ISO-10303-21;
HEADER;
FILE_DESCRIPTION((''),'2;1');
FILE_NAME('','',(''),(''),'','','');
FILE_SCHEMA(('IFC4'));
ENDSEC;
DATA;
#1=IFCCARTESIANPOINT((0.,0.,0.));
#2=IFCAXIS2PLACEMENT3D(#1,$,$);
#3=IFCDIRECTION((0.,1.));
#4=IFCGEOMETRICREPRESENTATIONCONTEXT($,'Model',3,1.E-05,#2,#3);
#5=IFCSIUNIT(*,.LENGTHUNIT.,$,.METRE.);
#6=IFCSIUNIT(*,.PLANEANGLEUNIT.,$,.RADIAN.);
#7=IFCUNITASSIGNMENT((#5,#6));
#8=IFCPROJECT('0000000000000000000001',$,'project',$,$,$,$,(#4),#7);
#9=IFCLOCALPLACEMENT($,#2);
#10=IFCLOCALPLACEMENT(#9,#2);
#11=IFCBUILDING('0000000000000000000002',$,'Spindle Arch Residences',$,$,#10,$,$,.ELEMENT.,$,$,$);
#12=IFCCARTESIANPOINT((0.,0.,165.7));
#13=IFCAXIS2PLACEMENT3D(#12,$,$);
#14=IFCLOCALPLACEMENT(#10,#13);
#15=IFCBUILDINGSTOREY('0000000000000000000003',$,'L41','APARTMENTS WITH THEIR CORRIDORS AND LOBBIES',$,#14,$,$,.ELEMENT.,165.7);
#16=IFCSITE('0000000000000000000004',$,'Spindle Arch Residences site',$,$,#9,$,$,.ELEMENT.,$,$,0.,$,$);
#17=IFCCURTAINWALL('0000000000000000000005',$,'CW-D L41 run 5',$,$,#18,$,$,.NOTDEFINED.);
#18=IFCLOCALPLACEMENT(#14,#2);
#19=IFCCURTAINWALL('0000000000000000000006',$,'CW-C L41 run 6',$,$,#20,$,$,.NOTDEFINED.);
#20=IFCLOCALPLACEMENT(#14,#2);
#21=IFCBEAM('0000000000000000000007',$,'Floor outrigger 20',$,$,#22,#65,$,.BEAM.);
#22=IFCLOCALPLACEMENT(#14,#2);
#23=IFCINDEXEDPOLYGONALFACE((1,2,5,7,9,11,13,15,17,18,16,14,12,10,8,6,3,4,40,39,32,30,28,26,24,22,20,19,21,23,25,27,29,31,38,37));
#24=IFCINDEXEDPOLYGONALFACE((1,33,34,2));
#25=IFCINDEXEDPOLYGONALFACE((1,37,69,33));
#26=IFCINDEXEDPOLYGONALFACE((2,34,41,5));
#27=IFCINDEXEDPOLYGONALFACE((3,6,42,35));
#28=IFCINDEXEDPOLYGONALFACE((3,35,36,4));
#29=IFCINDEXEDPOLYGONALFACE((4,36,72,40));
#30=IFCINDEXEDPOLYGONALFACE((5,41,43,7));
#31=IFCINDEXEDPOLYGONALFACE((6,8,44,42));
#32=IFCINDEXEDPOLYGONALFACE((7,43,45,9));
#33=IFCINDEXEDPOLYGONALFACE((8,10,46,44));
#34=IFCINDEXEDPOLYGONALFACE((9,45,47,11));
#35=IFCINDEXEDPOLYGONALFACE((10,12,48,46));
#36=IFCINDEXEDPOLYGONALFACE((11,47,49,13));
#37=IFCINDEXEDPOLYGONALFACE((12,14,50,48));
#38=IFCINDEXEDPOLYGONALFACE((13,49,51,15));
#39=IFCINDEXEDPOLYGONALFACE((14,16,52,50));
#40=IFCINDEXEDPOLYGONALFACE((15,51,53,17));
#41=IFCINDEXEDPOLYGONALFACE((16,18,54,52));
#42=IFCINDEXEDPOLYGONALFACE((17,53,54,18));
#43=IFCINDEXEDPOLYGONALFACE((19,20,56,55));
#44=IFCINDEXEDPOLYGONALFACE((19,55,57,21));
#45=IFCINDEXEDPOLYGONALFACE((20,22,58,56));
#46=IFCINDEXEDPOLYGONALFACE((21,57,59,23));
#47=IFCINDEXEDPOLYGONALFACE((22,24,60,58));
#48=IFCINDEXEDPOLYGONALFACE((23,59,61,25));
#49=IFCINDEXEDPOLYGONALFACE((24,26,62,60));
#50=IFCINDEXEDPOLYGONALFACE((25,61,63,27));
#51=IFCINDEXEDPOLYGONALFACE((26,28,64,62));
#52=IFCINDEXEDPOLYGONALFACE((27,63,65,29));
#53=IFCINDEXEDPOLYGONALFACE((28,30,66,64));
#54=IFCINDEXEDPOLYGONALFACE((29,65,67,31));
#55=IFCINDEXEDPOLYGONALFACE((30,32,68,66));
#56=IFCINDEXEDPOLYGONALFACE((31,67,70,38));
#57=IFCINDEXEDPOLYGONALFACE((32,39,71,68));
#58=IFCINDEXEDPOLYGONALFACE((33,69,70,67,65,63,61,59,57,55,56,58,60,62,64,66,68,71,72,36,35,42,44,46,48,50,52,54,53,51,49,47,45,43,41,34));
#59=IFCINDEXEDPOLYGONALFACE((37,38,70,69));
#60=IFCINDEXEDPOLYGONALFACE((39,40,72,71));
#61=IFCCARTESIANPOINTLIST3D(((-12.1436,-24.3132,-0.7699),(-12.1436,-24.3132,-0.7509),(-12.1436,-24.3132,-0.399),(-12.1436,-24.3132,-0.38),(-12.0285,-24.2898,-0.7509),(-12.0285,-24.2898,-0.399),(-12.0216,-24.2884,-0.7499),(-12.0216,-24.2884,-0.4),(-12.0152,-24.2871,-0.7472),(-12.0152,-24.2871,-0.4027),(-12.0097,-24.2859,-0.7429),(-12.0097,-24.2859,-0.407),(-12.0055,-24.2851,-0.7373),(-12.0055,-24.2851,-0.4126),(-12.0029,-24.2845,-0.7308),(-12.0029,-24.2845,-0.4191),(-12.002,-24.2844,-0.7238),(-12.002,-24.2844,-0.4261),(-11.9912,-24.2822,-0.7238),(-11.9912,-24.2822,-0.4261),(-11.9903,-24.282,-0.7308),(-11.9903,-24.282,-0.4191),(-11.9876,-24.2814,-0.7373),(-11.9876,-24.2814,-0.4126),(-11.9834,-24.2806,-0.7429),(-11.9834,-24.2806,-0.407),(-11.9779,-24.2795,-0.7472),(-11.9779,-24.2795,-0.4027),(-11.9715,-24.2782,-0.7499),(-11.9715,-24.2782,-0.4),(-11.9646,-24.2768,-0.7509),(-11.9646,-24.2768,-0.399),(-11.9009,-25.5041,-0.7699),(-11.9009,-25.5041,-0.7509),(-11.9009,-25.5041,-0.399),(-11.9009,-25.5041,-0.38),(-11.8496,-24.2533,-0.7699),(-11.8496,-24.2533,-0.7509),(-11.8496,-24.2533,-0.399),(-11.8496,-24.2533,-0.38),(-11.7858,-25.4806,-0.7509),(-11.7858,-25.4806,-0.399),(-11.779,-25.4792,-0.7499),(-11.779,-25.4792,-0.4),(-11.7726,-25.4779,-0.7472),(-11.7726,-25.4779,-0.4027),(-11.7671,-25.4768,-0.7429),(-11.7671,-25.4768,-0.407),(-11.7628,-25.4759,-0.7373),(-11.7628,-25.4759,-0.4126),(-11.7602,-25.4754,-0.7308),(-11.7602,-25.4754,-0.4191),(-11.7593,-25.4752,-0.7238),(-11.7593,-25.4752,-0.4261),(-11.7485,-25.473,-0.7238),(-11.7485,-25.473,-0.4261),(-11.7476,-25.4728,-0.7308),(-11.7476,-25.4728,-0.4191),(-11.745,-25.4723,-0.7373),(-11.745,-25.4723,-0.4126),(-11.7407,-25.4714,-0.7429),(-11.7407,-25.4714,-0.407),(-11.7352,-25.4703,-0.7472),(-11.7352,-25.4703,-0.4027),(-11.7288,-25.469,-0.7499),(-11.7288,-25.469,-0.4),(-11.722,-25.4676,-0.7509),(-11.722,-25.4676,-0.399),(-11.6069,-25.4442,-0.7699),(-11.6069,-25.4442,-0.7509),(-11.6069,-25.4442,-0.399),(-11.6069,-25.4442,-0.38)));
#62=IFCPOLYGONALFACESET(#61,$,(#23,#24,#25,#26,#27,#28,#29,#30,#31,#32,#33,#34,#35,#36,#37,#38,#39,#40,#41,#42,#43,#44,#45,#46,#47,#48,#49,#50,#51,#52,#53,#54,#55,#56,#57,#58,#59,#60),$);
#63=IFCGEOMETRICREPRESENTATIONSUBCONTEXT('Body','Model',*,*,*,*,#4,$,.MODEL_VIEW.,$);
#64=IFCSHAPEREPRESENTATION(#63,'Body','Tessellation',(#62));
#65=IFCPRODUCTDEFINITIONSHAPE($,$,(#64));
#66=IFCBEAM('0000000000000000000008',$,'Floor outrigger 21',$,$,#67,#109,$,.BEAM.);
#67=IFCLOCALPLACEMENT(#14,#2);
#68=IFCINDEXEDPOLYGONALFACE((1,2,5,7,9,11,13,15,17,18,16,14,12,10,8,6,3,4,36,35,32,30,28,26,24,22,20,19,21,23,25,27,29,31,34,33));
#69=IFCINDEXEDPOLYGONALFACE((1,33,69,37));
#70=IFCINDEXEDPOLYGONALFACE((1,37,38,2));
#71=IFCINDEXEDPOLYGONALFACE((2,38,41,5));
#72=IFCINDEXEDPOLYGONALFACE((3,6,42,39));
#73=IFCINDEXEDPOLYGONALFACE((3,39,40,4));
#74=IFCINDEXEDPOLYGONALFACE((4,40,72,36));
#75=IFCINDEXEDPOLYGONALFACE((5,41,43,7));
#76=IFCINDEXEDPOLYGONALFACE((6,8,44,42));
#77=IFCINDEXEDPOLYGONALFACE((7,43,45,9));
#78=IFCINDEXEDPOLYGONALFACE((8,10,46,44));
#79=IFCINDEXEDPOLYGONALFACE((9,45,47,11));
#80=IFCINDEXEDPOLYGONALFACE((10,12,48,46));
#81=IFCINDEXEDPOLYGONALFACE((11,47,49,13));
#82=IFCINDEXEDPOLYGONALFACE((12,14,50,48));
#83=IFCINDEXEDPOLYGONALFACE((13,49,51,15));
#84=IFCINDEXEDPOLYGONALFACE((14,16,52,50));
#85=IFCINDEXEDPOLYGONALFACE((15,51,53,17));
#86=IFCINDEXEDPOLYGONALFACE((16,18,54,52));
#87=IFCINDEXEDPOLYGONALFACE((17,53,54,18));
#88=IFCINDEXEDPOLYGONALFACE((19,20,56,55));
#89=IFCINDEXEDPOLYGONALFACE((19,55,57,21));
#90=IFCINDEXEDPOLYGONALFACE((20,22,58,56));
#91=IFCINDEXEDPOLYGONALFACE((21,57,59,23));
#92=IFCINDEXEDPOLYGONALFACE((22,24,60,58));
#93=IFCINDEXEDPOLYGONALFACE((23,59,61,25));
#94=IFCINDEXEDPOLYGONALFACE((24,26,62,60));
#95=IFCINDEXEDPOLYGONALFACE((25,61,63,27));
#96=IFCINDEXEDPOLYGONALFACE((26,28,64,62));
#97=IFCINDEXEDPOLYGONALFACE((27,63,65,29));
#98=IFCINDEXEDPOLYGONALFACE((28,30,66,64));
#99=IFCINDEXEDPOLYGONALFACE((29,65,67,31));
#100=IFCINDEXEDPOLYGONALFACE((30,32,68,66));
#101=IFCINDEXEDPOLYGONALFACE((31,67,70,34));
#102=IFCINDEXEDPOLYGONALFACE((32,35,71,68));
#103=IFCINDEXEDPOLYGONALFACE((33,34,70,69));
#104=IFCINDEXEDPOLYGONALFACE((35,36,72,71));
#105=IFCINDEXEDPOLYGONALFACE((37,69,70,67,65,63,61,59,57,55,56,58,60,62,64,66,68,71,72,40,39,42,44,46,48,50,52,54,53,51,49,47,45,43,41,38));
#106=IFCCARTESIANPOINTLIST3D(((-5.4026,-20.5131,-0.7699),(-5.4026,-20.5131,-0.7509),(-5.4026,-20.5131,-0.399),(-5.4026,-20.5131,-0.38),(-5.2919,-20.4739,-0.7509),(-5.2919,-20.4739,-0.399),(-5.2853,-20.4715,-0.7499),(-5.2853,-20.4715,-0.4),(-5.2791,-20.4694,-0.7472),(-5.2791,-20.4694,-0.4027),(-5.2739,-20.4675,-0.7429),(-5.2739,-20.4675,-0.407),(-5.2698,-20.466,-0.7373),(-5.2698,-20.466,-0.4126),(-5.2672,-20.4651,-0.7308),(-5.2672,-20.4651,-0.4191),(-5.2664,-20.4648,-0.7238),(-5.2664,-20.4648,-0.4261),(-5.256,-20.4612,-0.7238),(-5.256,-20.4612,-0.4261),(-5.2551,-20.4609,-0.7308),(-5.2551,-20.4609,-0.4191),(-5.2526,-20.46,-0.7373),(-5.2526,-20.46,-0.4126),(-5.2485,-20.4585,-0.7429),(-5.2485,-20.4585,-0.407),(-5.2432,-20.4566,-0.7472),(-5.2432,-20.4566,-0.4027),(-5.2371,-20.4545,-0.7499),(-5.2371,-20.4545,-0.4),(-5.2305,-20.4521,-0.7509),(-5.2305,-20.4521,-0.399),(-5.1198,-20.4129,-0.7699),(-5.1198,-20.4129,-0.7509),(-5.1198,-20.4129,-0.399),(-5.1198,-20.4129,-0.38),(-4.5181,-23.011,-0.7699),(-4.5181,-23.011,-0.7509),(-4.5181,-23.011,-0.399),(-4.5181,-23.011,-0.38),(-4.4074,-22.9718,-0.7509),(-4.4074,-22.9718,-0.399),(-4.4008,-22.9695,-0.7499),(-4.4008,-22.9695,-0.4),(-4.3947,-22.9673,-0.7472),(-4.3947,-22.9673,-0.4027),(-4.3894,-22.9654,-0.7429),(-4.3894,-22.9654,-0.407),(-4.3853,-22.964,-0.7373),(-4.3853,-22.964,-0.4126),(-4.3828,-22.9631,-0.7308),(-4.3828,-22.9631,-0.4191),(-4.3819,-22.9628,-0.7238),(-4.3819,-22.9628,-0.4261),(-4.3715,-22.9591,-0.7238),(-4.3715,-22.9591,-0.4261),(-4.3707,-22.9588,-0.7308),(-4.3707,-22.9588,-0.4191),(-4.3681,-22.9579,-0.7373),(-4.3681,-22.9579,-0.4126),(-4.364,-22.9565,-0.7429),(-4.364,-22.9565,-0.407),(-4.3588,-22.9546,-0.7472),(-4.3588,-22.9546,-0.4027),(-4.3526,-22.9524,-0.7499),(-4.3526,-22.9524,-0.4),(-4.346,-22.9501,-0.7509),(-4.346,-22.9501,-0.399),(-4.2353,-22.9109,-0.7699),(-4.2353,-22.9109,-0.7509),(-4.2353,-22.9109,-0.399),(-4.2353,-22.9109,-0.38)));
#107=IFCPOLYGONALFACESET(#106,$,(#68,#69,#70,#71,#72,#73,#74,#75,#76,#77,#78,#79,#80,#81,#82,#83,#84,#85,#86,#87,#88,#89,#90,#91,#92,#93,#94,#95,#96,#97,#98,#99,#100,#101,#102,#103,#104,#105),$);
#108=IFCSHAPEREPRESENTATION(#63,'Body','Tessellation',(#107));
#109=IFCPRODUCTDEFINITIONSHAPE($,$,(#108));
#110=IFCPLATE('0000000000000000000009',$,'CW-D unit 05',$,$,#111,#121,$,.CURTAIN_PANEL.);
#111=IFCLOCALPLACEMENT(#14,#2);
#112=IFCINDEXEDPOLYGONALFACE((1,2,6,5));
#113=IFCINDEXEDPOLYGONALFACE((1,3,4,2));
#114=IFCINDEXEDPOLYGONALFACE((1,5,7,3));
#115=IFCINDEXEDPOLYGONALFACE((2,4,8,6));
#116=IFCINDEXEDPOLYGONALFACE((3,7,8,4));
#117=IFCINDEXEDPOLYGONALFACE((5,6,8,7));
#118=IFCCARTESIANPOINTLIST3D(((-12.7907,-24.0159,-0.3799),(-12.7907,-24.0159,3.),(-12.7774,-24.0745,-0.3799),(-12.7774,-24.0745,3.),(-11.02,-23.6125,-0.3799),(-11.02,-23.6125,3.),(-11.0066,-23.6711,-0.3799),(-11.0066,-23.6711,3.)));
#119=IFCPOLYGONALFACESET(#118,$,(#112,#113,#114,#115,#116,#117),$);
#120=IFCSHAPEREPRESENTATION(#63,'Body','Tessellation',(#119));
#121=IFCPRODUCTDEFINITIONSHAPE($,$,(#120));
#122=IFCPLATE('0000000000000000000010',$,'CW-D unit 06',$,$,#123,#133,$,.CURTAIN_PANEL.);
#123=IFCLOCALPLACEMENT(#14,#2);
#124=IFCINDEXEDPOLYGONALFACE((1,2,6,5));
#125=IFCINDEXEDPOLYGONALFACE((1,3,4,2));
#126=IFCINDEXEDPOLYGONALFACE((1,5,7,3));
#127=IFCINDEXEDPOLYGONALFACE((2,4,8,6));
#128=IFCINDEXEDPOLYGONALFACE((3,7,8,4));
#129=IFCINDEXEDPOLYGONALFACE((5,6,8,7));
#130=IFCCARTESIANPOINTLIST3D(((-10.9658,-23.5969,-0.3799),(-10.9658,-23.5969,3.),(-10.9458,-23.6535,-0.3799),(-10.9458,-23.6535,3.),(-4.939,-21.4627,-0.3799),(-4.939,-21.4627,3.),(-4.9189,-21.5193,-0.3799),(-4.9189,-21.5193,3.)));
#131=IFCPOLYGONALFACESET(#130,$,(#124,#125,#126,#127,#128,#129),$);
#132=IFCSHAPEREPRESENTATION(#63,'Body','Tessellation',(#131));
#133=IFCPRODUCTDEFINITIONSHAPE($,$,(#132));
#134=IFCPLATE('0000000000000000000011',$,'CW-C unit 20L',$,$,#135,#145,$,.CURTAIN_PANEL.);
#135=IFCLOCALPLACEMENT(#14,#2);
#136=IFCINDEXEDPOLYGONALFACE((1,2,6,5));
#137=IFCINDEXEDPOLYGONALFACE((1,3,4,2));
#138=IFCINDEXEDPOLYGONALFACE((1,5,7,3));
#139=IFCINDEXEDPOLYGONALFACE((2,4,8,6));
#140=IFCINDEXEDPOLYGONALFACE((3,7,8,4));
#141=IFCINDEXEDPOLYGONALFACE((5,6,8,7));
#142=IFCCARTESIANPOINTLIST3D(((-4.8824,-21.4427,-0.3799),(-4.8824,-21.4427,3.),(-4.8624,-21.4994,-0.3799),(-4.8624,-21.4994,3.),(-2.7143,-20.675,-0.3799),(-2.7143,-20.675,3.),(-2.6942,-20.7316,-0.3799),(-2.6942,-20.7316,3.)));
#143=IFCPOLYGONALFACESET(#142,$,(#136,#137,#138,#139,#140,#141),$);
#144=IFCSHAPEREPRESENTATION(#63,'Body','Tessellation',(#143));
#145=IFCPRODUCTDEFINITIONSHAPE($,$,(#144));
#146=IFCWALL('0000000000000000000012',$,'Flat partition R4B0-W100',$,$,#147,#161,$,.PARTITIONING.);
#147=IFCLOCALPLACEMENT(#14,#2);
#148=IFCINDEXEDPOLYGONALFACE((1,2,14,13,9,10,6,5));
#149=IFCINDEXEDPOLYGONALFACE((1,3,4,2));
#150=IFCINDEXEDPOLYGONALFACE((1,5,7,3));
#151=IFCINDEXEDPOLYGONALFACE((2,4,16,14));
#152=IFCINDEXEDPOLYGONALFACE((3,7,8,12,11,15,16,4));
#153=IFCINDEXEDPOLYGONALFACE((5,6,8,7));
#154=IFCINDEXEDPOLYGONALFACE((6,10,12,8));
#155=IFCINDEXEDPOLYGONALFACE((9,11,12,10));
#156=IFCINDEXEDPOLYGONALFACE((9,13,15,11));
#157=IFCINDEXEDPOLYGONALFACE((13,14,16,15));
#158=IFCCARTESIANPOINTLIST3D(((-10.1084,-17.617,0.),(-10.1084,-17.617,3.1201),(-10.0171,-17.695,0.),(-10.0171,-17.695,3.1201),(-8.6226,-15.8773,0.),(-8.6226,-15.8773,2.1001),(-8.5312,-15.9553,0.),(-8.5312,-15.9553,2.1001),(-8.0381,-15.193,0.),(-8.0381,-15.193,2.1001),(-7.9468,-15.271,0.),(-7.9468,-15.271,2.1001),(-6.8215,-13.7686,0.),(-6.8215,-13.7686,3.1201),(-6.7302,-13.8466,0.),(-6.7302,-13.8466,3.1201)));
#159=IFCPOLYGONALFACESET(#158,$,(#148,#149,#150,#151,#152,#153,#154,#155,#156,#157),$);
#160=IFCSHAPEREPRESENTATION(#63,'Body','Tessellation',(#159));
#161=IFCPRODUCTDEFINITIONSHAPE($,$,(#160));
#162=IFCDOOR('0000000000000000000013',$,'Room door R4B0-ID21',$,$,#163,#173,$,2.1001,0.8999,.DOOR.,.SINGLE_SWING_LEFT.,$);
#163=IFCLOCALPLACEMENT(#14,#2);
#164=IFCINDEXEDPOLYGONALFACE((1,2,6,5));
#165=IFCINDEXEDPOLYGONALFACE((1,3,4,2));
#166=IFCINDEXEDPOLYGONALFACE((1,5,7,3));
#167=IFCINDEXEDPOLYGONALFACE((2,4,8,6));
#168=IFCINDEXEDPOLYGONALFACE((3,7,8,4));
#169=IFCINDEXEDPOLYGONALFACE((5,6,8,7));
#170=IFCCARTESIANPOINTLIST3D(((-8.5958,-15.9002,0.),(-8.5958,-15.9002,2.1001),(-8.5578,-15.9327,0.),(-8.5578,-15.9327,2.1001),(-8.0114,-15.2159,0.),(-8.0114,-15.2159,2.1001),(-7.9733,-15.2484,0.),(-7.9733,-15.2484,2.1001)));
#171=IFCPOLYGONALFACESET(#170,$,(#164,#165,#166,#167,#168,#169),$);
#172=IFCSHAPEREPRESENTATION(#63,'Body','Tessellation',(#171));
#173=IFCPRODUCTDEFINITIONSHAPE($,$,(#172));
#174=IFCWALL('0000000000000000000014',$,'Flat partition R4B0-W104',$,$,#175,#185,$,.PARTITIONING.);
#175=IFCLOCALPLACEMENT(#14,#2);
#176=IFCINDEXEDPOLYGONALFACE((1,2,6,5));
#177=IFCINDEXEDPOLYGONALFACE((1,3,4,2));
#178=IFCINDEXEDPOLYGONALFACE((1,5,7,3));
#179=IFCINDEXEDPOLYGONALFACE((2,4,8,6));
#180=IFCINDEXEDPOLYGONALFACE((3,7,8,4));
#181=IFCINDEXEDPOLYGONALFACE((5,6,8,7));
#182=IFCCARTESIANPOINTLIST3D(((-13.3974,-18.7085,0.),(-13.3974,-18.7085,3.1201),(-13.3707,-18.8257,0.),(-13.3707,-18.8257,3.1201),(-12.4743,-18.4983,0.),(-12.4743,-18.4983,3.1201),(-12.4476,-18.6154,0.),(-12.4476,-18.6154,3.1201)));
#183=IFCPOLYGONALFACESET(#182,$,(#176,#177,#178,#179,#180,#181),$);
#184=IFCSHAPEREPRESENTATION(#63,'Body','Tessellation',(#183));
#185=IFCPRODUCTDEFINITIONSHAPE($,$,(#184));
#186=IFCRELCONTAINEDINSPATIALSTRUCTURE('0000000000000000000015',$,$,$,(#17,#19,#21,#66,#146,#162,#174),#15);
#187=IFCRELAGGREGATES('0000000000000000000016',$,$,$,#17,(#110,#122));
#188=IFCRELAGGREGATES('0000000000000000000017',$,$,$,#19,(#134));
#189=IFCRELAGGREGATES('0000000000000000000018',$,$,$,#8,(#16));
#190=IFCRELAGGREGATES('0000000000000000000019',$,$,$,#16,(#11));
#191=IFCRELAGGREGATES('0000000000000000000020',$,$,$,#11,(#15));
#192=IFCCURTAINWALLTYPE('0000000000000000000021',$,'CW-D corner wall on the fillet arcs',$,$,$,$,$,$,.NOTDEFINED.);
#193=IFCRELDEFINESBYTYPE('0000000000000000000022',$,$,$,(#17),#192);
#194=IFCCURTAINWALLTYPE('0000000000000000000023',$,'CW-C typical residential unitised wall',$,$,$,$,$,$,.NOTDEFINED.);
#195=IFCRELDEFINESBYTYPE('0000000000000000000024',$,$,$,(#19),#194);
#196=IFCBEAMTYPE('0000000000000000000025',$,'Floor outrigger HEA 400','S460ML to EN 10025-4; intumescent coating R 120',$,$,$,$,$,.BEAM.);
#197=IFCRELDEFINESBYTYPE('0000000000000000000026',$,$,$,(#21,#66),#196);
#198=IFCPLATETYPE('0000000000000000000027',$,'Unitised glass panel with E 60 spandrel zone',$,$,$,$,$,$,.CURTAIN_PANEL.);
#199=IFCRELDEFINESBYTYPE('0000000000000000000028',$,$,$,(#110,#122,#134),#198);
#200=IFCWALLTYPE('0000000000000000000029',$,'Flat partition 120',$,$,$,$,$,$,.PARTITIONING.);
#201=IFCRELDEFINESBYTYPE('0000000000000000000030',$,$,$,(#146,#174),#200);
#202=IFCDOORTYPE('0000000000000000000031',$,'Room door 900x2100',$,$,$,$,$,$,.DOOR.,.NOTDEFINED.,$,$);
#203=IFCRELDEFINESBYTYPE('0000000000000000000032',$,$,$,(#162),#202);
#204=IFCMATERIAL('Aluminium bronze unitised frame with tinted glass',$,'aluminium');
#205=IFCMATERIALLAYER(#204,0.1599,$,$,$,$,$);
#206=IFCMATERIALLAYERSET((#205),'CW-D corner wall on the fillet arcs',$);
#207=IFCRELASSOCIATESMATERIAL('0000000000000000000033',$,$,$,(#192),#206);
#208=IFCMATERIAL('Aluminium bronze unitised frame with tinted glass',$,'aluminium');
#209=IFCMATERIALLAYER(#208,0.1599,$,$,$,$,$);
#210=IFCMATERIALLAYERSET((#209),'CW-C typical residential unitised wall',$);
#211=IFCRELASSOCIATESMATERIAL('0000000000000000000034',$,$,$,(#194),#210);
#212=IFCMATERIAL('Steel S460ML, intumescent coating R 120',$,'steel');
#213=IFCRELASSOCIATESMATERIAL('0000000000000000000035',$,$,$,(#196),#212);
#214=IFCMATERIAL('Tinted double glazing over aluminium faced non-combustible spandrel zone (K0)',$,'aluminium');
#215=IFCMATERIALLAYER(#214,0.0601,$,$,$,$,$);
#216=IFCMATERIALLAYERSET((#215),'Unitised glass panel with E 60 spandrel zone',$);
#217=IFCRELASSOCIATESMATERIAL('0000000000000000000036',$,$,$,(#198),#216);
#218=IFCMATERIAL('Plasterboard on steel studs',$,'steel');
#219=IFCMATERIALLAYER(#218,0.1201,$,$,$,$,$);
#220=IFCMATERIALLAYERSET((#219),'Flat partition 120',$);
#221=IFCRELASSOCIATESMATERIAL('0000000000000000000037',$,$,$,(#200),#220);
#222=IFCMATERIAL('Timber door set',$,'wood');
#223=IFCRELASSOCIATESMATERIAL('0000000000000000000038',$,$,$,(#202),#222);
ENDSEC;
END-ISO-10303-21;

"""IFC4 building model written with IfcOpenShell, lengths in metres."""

from ifc_helpers import new_model, si_unit, direction, frame, frame_2d, origin, origin_2d, place, context, subcontext, project, spatial, rectangle, i_section, extrude, material, layer, layer_set, material_profile, profile_set, type_object, element, fill, aggregate, save


model = new_model("IFC4")

# Units and contexts
model_context = context("Model", 3, precision=1e-05, world=origin(), true_north=direction((0.0, 1.0)))
body_context = subcontext(model_context, "Body", "Model", "MODEL_VIEW")
ifc_project = project(units=[si_unit("LENGTHUNIT", "METRE"), si_unit("PLANEANGLEUNIT", "RADIAN")], contexts=[model_context])

# Site, building, storey
site_placement = place(None, origin())
site = spatial("IfcSite", under=ifc_project, at=site_placement, Name="Spindle Arch Residences site", CompositionType="ELEMENT", RefElevation=0.0)
building_placement = place(site_placement, origin())
building = spatial("IfcBuilding", under=site, at=building_placement, Name="Spindle Arch Residences", CompositionType="ELEMENT")
storey_placement = place(building_placement, frame((0.0, 0.0, 165.7)))
storey = spatial("IfcBuildingStorey", under=building, at=storey_placement, Name="L41", Description="APARTMENTS WITH THEIR CORRIDORS AND LOBBIES", CompositionType="ELEMENT", Elevation=165.7)

# Curtain wall
ifc_material_1 = material(Name="Aluminium bronze unitised frame with tinted glass", Category="aluminium")
ifc_layer_1 = layer(ifc_material_1, 0.1599)
ifc_layer_set_1 = layer_set([ifc_layer_1], Name="CW-D corner wall on the fillet arcs")
curtain_wall_type_1 = type_object("IfcCurtainWallType", Name="CW-D corner wall on the fillet arcs", PredefinedType="NOTDEFINED", material=ifc_layer_set_1)
curtain_wall_1_placement = place(storey_placement, origin())
curtain_wall_1 = element("IfcCurtainWall", 1, at=curtain_wall_1_placement, inside=storey, type_object=curtain_wall_type_1, Name="CW-D L41 run 5", PredefinedType="NOTDEFINED")

# Curtain wall
ifc_material_2 = material(Name="Aluminium bronze unitised frame with tinted glass", Category="aluminium")
ifc_layer_2 = layer(ifc_material_2, 0.1599)
ifc_layer_set_2 = layer_set([ifc_layer_2], Name="CW-C typical residential unitised wall")
curtain_wall_type_2 = type_object("IfcCurtainWallType", Name="CW-C typical residential unitised wall", PredefinedType="NOTDEFINED", material=ifc_layer_set_2)
curtain_wall_2_placement = place(storey_placement, origin())
curtain_wall_2 = element("IfcCurtainWall", 2, at=curtain_wall_2_placement, inside=storey, type_object=curtain_wall_type_2, Name="CW-C L41 run 6", PredefinedType="NOTDEFINED")

# Beams
ifc_material_3 = material(Name="Steel S460ML, intumescent coating R 120", Category="steel")
ifc_material_profile_1 = material_profile(ifc_material_3, i_section(OverallWidth=0.3, OverallDepth=0.3899, WebThickness=0.011, FlangeThickness=0.019, FilletRadius=0.0271, at=origin_2d()), Name="HEA 400")
ifc_profile_set_1 = profile_set([ifc_material_profile_1], Name="Steel S460ML, intumescent coating R 120")
beam_type_1 = type_object("IfcBeamType", Name="Floor outrigger HEA 400", Description="S460ML to EN 10025-4; intumescent coating R 120", PredefinedType="BEAM", material=ifc_profile_set_1)
beam_1_placement = place(storey_placement, frame((-11.7539, -25.4741, -0.575), z_axis=(-0.199669, 0.979863, 0.0), x_axis=(-0.979863, -0.199669, 0.0)))
element("IfcBeam", 3, at=beam_1_placement, inside=storey, type_object=beam_type_1, Name="Floor outrigger 20", PredefinedType="BEAM", context=body_context, shape_type="SweptSolid", body=[
    extrude(i_section(OverallWidth=0.3, OverallDepth=0.3899, WebThickness=0.011, FlangeThickness=0.019, FilletRadius=0.0271, at=origin_2d()), origin(), (0.0, 0.0, 1.0), 1.2153),
])
beam_2_placement = place(storey_placement, frame((-4.3767, -22.9609, -0.575), z_axis=(-0.333779, 0.942651, 0.0), x_axis=(-0.942651, -0.333779, 0.0)))
element("IfcBeam", 4, at=beam_2_placement, inside=storey, type_object=beam_type_1, Name="Floor outrigger 21", PredefinedType="BEAM", context=body_context, shape_type="SweptSolid", body=[
    extrude(i_section(OverallWidth=0.3, OverallDepth=0.3899, WebThickness=0.011, FlangeThickness=0.019, FilletRadius=0.0271, at=origin_2d()), origin(), (0.0, 0.0, 1.0), 2.6499),
])

# Plates
ifc_material_4 = material(Name="Tinted double glazing over aluminium faced non-combustible spandrel zone (K0)", Category="aluminium")
ifc_layer_3 = layer(ifc_material_4, 0.0601)
ifc_layer_set_3 = layer_set([ifc_layer_3], Name="Unitised glass panel with E 60 spandrel zone")
plate_type = type_object("IfcPlateType", Name="Unitised glass panel with E 60 spandrel zone", PredefinedType="CURTAIN_PANEL", material=ifc_layer_set_3)
plate_1_placement = place(storey_placement, frame((-11.8987, -23.8435, -0.3799), z_axis=(0.0, 0.0, 1.0), x_axis=(0.97502, 0.222116, 0.0)))
plate_1 = element("IfcPlate", 5, at=plate_1_placement, type_object=plate_type, Name="CW-D unit 05", PredefinedType="CURTAIN_PANEL", context=body_context, shape_type="SweptSolid", body=[
    extrude(rectangle(XDim=1.8162, YDim=0.0601, at=origin_2d()), origin(), (0.0, 0.0, 1.0), 3.3799),
])
plate_2_placement = place(storey_placement, frame((-7.9424, -22.5581, -0.3799), z_axis=(0.0, 0.0, 1.0), x_axis=(0.942641, 0.333807, 0.0)))
plate_2 = element("IfcPlate", 6, at=plate_2_placement, type_object=plate_type, Name="CW-D unit 06", PredefinedType="CURTAIN_PANEL", context=body_context, shape_type="SweptSolid", body=[
    extrude(rectangle(XDim=6.3936, YDim=0.0601, at=origin_2d()), origin(), (0.0, 0.0, 1.0), 3.3799),
])
aggregate(curtain_wall_1, [plate_1, plate_2])
plate_3_placement = place(storey_placement, frame((-3.7883, -21.0872, -0.3799), z_axis=(0.0, 0.0, 1.0), x_axis=(0.942641, 0.333807, 0.0)))
plate_3 = element("IfcPlate", 7, at=plate_3_placement, type_object=plate_type, Name="CW-C unit 20L", PredefinedType="CURTAIN_PANEL", context=body_context, shape_type="SweptSolid", body=[
    extrude(rectangle(XDim=2.3, YDim=0.0601, at=origin_2d()), origin(), (0.0, 0.0, 1.0), 3.3799),
])
aggregate(curtain_wall_2, [plate_3])

# Wall, opening, door
ifc_material_5 = material(Name="Plasterboard on steel studs", Category="steel")
ifc_layer_4 = layer(ifc_material_5, 0.1201)
ifc_layer_set_4 = layer_set([ifc_layer_4], Name="Flat partition 120")
wall_type_1 = type_object("IfcWallType", Name="Flat partition 120", PredefinedType="PARTITIONING", material=ifc_layer_set_4)
wall_1_placement = place(storey_placement, frame((-10.0627, -17.656, 0.0), z_axis=(0.0, 0.0, 1.0), x_axis=(0.649452, 0.760403, 0.0)))
wall_1 = element("IfcWall", 8, at=wall_1_placement, inside=storey, type_object=wall_type_1, Name="Flat partition R4B0-W100", PredefinedType="PARTITIONING", context=body_context, shape_type="SweptSolid", body=[
    extrude(rectangle(XDim=5.061, YDim=0.1201, at=frame_2d((2.5305, 0.0))), origin(), (0.0, 0.0, 1.0), 3.1201),
])
opening_1_placement = place(wall_1_placement, frame((2.2878, 0.0, 0.0)))
opening_1 = element("IfcOpeningElement", 9, at=opening_1_placement, cuts=wall_1, PredefinedType="OPENING", context=body_context, shape_type="SweptSolid", body=[
    extrude(rectangle(XDim=0.8999, YDim=2.1001, at=frame_2d((0.45, 1.05))), frame((0.0, 0.0701, 0.0), z_axis=(0.0, -1.0, 0.0), x_axis=(1.0, 0.0, 0.0)), (0.0, 0.0, 1.0), 0.1401),
])
ifc_material_6 = material(Name="Timber door set", Category="wood")
door_type_1 = type_object("IfcDoorType", Name="Room door 900x2100", OperationType="NOTDEFINED", PredefinedType="DOOR", material=ifc_material_6)
door_1_placement = place(opening_1_placement, origin())
door_1 = element("IfcDoor", 10, at=door_1_placement, inside=storey, type_object=door_type_1, Name="Room door R4B0-ID21", OperationType="SINGLE_SWING_LEFT", OverallHeight=2.1001, OverallWidth=0.8999, PredefinedType="DOOR", context=body_context, shape_type="SweptSolid", body=[
    extrude(rectangle(XDim=0.8999, YDim=2.1001, at=frame_2d((0.45, 1.05))), frame((0.0, 0.0249, 0.0), z_axis=(0.0, -1.0, 0.0), x_axis=(1.0, 0.0, 0.0)), (0.0, 0.0, 1.0), 0.05),
])
fill(opening_1, door_1)

# Wall
wall_2_placement = place(storey_placement, frame((-12.4609, -18.5569, 0.0), z_axis=(0.0, 0.0, 1.0), x_axis=(-0.975039, -0.222033, 0.0)))
element("IfcWall", 11, at=wall_2_placement, inside=storey, type_object=wall_type_1, Name="Flat partition R4B0-W104", PredefinedType="PARTITIONING", context=body_context, shape_type="SweptSolid", body=[
    extrude(rectangle(XDim=0.9468, YDim=0.1201, at=frame_2d((0.4734, 0.0))), origin(), (0.0, 0.0, 1.0), 3.1201),
])

save(model, "model.ifc")
